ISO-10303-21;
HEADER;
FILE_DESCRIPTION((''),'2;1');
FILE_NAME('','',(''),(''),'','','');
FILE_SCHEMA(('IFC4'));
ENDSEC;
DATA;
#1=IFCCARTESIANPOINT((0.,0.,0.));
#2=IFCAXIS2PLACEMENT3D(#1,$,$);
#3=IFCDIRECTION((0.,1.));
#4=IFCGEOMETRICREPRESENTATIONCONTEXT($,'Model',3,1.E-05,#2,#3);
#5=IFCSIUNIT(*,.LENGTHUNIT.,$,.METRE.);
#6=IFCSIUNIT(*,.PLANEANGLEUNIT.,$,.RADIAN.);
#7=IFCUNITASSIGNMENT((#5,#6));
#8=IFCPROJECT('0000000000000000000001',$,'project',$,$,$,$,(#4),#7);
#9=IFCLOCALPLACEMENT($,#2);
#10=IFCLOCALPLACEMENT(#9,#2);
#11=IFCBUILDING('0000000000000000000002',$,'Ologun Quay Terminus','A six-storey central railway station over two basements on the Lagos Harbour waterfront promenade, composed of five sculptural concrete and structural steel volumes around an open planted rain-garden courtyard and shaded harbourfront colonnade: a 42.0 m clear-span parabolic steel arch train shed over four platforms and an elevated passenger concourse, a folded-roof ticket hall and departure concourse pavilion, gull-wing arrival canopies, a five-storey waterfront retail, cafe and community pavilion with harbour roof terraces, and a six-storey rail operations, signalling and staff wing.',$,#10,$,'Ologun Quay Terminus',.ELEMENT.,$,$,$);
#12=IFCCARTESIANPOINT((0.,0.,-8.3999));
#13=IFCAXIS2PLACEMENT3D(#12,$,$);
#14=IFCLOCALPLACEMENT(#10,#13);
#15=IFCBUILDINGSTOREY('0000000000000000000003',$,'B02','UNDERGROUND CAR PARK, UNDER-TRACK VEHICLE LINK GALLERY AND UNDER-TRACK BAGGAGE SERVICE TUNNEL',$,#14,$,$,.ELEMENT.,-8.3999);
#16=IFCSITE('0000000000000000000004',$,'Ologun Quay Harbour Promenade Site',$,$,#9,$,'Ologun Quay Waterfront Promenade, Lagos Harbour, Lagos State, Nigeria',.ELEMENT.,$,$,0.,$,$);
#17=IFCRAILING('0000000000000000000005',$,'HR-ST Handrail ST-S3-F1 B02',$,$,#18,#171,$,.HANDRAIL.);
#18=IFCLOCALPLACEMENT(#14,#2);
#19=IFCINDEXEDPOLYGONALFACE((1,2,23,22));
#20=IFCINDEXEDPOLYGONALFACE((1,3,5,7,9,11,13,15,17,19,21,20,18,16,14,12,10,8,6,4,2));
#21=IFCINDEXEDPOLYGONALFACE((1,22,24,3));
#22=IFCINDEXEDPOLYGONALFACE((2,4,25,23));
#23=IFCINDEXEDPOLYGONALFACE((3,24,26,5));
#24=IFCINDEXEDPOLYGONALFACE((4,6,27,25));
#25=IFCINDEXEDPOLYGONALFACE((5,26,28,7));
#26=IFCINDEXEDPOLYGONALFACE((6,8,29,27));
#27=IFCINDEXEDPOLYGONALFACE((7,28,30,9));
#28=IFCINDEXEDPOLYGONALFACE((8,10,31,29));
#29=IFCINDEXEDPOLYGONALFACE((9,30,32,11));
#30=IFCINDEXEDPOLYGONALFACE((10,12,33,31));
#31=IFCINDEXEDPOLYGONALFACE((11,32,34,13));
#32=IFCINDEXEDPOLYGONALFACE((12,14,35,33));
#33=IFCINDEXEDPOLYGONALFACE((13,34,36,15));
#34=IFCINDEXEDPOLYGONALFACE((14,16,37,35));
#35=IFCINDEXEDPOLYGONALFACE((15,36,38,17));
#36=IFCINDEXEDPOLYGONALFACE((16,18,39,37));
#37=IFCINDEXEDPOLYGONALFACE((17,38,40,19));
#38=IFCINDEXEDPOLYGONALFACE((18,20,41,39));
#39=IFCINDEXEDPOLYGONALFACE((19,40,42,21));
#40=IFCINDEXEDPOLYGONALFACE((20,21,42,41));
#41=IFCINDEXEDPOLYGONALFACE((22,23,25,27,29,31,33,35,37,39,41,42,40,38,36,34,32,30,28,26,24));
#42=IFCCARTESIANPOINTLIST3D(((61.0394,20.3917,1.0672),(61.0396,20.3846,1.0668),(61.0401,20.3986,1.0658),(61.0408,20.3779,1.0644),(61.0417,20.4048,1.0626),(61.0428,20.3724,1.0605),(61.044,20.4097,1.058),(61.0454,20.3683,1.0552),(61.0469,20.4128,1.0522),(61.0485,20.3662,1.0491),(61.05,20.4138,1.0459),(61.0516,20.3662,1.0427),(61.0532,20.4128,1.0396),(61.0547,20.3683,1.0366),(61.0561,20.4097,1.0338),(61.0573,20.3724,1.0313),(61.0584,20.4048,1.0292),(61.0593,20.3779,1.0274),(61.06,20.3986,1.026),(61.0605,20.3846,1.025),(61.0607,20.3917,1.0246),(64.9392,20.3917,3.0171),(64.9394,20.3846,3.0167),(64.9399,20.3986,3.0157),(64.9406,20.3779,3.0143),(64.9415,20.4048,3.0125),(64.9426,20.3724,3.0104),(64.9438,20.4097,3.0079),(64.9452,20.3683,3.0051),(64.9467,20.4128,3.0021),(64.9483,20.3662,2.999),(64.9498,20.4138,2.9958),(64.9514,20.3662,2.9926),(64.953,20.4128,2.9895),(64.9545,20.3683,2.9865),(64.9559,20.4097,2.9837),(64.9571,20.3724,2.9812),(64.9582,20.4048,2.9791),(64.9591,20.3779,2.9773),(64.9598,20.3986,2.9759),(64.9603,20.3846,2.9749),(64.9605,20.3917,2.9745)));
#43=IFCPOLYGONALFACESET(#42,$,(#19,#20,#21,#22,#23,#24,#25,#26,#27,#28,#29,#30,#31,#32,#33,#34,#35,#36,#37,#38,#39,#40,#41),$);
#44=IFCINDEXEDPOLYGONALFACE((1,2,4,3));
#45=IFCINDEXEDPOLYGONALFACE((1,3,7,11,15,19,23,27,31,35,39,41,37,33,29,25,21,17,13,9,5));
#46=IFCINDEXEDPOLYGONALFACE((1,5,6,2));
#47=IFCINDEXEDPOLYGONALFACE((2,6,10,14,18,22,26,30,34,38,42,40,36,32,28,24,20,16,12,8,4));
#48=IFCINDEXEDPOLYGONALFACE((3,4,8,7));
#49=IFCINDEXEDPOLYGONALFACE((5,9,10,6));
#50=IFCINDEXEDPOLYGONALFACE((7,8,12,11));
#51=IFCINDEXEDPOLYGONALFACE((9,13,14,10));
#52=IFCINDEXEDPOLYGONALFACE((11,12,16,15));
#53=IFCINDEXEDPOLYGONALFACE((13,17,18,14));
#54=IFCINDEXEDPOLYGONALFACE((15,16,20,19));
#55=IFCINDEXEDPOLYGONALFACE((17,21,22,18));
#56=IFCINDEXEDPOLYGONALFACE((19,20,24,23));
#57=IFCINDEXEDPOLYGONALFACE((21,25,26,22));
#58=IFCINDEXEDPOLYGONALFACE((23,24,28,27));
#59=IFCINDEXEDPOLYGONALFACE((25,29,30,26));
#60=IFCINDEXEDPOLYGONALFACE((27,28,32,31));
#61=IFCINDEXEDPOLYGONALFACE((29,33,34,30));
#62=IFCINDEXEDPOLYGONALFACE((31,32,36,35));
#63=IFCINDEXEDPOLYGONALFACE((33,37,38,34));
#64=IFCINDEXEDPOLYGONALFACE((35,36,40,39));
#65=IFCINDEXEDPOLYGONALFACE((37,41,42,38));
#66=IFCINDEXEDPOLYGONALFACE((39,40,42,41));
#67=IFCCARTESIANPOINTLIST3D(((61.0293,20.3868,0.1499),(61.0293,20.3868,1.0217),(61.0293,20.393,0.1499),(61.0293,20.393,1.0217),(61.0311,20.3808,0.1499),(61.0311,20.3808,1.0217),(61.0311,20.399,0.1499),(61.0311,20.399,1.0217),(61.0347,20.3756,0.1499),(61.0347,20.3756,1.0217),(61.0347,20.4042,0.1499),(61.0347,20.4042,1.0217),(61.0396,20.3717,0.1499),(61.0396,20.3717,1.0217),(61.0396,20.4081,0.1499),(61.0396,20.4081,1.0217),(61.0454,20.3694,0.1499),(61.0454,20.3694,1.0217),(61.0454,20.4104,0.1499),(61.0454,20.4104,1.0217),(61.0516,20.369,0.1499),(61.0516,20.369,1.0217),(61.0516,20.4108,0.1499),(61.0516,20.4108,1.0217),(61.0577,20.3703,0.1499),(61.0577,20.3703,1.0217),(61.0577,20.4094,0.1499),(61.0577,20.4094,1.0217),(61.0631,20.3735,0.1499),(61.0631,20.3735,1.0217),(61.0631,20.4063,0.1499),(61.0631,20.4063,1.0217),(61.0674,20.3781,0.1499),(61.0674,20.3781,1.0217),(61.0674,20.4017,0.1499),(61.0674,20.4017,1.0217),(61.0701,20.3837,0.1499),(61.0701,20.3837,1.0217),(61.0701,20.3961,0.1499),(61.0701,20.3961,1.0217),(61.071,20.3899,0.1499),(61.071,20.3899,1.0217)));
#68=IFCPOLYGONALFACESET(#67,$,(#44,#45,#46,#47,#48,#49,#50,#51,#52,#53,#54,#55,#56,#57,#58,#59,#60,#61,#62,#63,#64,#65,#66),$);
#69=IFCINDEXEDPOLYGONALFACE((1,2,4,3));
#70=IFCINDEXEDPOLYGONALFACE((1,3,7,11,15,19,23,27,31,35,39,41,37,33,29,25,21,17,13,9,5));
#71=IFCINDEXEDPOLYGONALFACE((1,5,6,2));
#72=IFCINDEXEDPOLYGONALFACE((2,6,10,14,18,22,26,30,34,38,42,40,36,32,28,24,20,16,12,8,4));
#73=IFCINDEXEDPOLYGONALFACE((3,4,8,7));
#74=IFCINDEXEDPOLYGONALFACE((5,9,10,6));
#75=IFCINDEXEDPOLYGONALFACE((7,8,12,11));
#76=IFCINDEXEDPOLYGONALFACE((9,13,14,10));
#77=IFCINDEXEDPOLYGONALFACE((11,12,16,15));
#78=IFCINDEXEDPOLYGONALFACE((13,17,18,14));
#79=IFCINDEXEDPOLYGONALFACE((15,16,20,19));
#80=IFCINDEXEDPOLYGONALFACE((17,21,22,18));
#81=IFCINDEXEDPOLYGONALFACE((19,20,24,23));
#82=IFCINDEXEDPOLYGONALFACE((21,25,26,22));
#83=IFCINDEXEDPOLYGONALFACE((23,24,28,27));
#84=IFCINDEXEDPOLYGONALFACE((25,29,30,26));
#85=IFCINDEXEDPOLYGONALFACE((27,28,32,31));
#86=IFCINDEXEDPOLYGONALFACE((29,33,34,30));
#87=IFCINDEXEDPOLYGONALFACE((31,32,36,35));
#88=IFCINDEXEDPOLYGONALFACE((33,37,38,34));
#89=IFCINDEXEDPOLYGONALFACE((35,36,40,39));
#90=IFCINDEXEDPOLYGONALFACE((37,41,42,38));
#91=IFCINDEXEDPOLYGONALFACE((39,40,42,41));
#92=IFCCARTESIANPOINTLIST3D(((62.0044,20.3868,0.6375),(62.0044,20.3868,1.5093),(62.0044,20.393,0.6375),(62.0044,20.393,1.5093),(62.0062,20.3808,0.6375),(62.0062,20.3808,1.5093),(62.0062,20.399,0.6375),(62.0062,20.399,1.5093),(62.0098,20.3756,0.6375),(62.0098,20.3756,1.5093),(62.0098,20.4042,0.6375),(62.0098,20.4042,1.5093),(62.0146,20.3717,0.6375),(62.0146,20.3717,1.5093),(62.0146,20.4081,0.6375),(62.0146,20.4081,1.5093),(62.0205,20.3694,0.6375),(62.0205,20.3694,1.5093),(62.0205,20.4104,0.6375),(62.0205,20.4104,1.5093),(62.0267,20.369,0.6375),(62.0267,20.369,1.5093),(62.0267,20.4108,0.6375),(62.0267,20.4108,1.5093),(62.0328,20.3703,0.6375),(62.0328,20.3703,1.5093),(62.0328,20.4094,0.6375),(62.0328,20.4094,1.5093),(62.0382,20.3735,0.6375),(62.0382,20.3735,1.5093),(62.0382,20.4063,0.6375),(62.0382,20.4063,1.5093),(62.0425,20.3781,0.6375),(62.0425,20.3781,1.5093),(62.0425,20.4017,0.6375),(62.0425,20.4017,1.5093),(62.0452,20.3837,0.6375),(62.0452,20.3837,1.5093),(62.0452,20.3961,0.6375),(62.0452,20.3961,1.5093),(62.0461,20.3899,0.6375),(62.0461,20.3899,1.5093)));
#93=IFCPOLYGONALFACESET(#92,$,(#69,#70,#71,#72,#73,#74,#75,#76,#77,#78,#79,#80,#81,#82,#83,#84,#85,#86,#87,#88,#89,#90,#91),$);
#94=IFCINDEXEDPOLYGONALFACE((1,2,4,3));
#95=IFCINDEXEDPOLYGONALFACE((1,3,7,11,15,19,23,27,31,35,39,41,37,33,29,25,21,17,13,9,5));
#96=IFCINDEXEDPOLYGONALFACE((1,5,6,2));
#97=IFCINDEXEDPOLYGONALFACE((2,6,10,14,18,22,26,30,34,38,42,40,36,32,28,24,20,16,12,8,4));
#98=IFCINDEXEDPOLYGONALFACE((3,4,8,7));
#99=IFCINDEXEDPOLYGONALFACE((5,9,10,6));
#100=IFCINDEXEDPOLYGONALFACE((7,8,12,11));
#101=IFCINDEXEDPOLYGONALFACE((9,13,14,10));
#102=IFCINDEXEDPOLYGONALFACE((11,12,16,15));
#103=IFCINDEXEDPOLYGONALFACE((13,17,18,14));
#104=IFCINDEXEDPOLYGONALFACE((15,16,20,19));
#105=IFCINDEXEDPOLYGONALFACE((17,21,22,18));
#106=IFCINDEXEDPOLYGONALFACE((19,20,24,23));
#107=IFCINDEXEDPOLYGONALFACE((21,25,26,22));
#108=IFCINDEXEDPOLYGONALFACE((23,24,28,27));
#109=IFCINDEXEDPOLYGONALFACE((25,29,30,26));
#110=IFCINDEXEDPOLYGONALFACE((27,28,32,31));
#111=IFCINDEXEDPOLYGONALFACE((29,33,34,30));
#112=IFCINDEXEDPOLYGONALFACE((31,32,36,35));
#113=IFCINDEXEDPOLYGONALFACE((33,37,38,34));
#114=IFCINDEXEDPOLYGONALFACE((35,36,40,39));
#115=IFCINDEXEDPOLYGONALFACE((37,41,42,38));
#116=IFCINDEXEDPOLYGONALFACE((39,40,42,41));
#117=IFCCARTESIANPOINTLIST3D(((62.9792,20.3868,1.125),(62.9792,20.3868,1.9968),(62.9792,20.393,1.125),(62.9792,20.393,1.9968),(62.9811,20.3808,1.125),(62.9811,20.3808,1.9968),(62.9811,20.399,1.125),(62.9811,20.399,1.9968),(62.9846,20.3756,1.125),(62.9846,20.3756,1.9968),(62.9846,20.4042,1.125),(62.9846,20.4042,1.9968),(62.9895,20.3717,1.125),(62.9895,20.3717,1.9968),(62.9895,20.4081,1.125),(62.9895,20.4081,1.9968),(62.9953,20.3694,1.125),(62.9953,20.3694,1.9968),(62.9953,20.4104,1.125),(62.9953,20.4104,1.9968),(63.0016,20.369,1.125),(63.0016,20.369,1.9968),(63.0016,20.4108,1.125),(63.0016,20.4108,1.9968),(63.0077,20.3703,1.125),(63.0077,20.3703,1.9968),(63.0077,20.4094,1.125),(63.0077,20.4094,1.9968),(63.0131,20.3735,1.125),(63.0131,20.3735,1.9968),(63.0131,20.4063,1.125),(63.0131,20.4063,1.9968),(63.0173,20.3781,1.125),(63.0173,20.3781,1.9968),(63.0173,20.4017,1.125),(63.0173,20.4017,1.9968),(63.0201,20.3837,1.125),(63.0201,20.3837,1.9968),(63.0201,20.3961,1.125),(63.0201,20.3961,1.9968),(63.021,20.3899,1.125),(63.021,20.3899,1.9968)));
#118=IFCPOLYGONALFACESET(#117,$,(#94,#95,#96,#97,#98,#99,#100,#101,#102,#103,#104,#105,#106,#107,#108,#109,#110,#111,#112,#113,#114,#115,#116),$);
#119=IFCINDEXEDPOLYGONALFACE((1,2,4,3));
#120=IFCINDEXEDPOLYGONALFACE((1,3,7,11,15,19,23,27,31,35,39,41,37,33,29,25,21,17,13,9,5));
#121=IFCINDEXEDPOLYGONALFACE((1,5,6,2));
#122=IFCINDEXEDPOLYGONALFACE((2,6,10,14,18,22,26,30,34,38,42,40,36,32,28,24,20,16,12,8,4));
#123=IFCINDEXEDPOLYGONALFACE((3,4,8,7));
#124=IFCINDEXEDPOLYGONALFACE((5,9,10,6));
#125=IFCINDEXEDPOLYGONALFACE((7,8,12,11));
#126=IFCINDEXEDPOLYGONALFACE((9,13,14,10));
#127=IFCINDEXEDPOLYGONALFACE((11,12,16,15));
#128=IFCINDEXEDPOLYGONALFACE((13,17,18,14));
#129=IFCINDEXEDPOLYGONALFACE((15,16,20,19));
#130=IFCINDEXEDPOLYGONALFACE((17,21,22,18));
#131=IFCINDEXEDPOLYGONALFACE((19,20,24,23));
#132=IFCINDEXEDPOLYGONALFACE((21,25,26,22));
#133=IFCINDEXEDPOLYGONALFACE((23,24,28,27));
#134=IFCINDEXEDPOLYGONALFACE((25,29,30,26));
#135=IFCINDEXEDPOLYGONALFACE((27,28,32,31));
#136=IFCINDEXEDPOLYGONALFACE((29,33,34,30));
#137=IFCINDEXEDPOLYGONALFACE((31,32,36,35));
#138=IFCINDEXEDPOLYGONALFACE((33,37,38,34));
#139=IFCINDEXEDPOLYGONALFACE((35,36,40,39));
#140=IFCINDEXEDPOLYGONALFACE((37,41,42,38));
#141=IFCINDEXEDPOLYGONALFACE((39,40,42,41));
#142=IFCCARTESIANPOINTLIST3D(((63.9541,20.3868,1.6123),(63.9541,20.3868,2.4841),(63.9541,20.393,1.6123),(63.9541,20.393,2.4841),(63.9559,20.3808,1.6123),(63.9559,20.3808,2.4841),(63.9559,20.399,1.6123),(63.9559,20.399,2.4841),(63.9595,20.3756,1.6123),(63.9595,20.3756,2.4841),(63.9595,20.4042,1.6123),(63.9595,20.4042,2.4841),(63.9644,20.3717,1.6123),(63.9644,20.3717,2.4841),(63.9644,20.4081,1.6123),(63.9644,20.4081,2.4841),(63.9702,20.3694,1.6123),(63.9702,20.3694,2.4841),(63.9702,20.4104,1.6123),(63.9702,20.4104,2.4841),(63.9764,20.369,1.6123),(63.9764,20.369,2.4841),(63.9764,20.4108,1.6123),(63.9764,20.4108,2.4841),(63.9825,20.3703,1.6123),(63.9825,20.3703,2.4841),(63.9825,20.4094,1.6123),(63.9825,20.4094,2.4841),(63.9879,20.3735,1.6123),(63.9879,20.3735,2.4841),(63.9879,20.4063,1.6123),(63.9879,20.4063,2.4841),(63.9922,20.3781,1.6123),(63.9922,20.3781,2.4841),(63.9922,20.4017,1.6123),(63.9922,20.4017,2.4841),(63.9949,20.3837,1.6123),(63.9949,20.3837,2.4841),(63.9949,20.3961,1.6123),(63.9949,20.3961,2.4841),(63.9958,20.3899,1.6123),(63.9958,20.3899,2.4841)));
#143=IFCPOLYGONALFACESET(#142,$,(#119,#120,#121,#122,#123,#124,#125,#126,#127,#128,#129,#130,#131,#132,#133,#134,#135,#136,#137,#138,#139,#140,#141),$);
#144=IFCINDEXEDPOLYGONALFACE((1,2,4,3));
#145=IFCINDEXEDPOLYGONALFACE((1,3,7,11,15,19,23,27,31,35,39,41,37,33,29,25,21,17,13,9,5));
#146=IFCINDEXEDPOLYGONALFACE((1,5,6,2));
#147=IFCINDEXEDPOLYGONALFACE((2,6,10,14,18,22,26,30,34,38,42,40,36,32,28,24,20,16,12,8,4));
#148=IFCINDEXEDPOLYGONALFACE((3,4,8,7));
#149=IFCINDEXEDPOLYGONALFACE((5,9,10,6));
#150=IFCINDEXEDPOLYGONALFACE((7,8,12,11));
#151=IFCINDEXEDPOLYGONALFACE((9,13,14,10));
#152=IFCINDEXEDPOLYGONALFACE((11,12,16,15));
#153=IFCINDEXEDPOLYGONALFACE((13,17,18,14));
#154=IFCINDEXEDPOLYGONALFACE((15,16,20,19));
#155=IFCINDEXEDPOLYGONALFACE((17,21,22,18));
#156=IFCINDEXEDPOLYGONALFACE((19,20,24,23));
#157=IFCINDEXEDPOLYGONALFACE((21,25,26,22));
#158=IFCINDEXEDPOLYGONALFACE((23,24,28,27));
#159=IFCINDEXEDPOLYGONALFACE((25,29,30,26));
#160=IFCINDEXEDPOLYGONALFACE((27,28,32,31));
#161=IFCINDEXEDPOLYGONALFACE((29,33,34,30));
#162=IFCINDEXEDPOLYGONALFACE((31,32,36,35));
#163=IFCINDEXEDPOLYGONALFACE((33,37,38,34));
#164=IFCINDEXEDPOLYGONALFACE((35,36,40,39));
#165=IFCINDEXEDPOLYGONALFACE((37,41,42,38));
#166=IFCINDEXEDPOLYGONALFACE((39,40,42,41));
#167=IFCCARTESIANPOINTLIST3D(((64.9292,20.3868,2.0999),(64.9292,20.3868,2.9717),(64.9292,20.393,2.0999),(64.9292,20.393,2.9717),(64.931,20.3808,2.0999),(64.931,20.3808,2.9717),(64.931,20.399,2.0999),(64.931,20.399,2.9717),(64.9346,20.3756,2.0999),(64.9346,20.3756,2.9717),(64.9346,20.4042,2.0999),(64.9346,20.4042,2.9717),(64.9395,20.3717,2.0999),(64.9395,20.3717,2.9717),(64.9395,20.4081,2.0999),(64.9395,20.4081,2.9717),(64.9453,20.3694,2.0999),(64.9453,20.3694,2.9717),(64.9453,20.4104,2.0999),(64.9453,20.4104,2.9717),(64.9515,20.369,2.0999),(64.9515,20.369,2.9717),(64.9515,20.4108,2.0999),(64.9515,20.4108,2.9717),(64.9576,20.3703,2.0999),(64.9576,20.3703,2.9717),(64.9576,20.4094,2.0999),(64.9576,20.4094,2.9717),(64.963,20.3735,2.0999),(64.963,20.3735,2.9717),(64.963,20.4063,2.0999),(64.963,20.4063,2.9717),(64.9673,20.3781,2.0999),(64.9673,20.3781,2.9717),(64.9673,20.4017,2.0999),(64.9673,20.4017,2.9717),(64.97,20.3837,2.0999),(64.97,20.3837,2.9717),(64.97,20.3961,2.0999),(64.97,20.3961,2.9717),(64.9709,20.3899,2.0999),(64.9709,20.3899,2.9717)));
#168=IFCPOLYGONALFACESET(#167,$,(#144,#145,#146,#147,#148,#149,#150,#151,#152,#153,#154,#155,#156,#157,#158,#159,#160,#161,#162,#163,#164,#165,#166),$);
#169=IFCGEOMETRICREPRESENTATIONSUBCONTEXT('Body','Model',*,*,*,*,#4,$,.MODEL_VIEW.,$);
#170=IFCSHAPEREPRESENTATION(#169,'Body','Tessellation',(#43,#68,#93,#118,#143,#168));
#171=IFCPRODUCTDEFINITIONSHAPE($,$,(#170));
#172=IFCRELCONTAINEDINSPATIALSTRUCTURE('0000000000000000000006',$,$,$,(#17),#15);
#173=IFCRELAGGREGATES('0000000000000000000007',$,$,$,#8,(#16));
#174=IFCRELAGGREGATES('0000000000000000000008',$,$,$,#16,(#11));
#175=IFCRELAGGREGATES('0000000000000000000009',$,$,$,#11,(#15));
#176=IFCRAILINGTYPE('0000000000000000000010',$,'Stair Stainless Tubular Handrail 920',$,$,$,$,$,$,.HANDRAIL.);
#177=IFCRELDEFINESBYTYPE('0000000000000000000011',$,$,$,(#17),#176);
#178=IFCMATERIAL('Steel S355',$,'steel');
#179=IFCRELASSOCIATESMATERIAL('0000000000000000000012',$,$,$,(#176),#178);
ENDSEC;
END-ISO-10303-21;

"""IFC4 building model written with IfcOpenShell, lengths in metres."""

from ifc_helpers import new_model, si_unit, direction, frame, origin, origin_2d, place, context, subcontext, project, spatial, circle, extrude, material, type_object, element, save


model = new_model("IFC4")

# Units and contexts
model_context = context("Model", 3, precision=1e-05, world=origin(), true_north=direction((0.0, 1.0)))
body_context = subcontext(model_context, "Body", "Model", "MODEL_VIEW")
ifc_project = project(units=[si_unit("LENGTHUNIT", "METRE"), si_unit("PLANEANGLEUNIT", "RADIAN")], contexts=[model_context])

# Site, building, storey
site_placement = place(None, origin())
site = spatial("IfcSite", under=ifc_project, at=site_placement, Name="Ologun Quay Harbour Promenade Site", LongName="Ologun Quay Waterfront Promenade, Lagos Harbour, Lagos State, Nigeria", CompositionType="ELEMENT", RefElevation=0.0)
building_placement = place(site_placement, origin())
building = spatial("IfcBuilding", under=site, at=building_placement, Name="Ologun Quay Terminus", Description="A six-storey central railway station over two basements on the Lagos Harbour waterfront promenade, composed of five sculptural concrete and structural steel volumes around an open planted rain-garden courtyard and shaded harbourfront colonnade: a 42.0 m clear-span parabolic steel arch train shed over four platforms and an elevated passenger concourse, a folded-roof ticket hall and departure concourse pavilion, gull-wing arrival canopies, a five-storey waterfront retail, cafe and community pavilion with harbour roof terraces, and a six-storey rail operations, signalling and staff wing.", LongName="Ologun Quay Terminus", CompositionType="ELEMENT")
storey_placement = place(building_placement, frame((0.0, 0.0, -8.3999)))
storey = spatial("IfcBuildingStorey", under=building, at=storey_placement, Name="B02", Description="UNDERGROUND CAR PARK, UNDER-TRACK VEHICLE LINK GALLERY AND UNDER-TRACK BAGGAGE SERVICE TUNNEL", CompositionType="ELEMENT", Elevation=-8.3999)

# Railing
ifc_material_1 = material(Name="Steel S355", Category="steel")
railing_type_1 = type_object("IfcRailingType", Name="Stair Stainless Tubular Handrail 920", PredefinedType="HANDRAIL", material=ifc_material_1)
railing_1_placement = place(storey_placement, frame((61.05, 20.3899, 0.1499)))
element("IfcRailing", 1, at=railing_1_placement, inside=storey, type_object=railing_type_1, Name="HR-ST Handrail ST-S3-F1 B02", PredefinedType="HANDRAIL", context=body_context, shape_type="SweptSolid", body=[
    extrude(circle(Radius=0.0239, at=origin_2d()), frame((0.0, 0.0, 0.896), z_axis=(0.894427, 0.0, 0.447214), x_axis=(0.0, 1.0, 0.0)), (0.0, 0.0, 1.0), 4.3601),
    extrude(circle(Radius=0.021, at=origin_2d()), origin(), (0.0, 0.0, 1.0), 0.8718),
    extrude(circle(Radius=0.021, at=origin_2d()), frame((0.9751, 0.0, 0.4875)), (0.0, 0.0, 1.0), 0.8718),
    extrude(circle(Radius=0.021, at=origin_2d()), frame((1.95, 0.0, 0.9751)), (0.0, 0.0, 1.0), 0.8718),
    extrude(circle(Radius=0.021, at=origin_2d()), frame((2.9248, 0.0, 1.4624)), (0.0, 0.0, 1.0), 0.8718),
    extrude(circle(Radius=0.021, at=origin_2d()), frame((3.8999, 0.0, 1.95)), (0.0, 0.0, 1.0), 0.8718),
])

save(model, "model.ifc")
